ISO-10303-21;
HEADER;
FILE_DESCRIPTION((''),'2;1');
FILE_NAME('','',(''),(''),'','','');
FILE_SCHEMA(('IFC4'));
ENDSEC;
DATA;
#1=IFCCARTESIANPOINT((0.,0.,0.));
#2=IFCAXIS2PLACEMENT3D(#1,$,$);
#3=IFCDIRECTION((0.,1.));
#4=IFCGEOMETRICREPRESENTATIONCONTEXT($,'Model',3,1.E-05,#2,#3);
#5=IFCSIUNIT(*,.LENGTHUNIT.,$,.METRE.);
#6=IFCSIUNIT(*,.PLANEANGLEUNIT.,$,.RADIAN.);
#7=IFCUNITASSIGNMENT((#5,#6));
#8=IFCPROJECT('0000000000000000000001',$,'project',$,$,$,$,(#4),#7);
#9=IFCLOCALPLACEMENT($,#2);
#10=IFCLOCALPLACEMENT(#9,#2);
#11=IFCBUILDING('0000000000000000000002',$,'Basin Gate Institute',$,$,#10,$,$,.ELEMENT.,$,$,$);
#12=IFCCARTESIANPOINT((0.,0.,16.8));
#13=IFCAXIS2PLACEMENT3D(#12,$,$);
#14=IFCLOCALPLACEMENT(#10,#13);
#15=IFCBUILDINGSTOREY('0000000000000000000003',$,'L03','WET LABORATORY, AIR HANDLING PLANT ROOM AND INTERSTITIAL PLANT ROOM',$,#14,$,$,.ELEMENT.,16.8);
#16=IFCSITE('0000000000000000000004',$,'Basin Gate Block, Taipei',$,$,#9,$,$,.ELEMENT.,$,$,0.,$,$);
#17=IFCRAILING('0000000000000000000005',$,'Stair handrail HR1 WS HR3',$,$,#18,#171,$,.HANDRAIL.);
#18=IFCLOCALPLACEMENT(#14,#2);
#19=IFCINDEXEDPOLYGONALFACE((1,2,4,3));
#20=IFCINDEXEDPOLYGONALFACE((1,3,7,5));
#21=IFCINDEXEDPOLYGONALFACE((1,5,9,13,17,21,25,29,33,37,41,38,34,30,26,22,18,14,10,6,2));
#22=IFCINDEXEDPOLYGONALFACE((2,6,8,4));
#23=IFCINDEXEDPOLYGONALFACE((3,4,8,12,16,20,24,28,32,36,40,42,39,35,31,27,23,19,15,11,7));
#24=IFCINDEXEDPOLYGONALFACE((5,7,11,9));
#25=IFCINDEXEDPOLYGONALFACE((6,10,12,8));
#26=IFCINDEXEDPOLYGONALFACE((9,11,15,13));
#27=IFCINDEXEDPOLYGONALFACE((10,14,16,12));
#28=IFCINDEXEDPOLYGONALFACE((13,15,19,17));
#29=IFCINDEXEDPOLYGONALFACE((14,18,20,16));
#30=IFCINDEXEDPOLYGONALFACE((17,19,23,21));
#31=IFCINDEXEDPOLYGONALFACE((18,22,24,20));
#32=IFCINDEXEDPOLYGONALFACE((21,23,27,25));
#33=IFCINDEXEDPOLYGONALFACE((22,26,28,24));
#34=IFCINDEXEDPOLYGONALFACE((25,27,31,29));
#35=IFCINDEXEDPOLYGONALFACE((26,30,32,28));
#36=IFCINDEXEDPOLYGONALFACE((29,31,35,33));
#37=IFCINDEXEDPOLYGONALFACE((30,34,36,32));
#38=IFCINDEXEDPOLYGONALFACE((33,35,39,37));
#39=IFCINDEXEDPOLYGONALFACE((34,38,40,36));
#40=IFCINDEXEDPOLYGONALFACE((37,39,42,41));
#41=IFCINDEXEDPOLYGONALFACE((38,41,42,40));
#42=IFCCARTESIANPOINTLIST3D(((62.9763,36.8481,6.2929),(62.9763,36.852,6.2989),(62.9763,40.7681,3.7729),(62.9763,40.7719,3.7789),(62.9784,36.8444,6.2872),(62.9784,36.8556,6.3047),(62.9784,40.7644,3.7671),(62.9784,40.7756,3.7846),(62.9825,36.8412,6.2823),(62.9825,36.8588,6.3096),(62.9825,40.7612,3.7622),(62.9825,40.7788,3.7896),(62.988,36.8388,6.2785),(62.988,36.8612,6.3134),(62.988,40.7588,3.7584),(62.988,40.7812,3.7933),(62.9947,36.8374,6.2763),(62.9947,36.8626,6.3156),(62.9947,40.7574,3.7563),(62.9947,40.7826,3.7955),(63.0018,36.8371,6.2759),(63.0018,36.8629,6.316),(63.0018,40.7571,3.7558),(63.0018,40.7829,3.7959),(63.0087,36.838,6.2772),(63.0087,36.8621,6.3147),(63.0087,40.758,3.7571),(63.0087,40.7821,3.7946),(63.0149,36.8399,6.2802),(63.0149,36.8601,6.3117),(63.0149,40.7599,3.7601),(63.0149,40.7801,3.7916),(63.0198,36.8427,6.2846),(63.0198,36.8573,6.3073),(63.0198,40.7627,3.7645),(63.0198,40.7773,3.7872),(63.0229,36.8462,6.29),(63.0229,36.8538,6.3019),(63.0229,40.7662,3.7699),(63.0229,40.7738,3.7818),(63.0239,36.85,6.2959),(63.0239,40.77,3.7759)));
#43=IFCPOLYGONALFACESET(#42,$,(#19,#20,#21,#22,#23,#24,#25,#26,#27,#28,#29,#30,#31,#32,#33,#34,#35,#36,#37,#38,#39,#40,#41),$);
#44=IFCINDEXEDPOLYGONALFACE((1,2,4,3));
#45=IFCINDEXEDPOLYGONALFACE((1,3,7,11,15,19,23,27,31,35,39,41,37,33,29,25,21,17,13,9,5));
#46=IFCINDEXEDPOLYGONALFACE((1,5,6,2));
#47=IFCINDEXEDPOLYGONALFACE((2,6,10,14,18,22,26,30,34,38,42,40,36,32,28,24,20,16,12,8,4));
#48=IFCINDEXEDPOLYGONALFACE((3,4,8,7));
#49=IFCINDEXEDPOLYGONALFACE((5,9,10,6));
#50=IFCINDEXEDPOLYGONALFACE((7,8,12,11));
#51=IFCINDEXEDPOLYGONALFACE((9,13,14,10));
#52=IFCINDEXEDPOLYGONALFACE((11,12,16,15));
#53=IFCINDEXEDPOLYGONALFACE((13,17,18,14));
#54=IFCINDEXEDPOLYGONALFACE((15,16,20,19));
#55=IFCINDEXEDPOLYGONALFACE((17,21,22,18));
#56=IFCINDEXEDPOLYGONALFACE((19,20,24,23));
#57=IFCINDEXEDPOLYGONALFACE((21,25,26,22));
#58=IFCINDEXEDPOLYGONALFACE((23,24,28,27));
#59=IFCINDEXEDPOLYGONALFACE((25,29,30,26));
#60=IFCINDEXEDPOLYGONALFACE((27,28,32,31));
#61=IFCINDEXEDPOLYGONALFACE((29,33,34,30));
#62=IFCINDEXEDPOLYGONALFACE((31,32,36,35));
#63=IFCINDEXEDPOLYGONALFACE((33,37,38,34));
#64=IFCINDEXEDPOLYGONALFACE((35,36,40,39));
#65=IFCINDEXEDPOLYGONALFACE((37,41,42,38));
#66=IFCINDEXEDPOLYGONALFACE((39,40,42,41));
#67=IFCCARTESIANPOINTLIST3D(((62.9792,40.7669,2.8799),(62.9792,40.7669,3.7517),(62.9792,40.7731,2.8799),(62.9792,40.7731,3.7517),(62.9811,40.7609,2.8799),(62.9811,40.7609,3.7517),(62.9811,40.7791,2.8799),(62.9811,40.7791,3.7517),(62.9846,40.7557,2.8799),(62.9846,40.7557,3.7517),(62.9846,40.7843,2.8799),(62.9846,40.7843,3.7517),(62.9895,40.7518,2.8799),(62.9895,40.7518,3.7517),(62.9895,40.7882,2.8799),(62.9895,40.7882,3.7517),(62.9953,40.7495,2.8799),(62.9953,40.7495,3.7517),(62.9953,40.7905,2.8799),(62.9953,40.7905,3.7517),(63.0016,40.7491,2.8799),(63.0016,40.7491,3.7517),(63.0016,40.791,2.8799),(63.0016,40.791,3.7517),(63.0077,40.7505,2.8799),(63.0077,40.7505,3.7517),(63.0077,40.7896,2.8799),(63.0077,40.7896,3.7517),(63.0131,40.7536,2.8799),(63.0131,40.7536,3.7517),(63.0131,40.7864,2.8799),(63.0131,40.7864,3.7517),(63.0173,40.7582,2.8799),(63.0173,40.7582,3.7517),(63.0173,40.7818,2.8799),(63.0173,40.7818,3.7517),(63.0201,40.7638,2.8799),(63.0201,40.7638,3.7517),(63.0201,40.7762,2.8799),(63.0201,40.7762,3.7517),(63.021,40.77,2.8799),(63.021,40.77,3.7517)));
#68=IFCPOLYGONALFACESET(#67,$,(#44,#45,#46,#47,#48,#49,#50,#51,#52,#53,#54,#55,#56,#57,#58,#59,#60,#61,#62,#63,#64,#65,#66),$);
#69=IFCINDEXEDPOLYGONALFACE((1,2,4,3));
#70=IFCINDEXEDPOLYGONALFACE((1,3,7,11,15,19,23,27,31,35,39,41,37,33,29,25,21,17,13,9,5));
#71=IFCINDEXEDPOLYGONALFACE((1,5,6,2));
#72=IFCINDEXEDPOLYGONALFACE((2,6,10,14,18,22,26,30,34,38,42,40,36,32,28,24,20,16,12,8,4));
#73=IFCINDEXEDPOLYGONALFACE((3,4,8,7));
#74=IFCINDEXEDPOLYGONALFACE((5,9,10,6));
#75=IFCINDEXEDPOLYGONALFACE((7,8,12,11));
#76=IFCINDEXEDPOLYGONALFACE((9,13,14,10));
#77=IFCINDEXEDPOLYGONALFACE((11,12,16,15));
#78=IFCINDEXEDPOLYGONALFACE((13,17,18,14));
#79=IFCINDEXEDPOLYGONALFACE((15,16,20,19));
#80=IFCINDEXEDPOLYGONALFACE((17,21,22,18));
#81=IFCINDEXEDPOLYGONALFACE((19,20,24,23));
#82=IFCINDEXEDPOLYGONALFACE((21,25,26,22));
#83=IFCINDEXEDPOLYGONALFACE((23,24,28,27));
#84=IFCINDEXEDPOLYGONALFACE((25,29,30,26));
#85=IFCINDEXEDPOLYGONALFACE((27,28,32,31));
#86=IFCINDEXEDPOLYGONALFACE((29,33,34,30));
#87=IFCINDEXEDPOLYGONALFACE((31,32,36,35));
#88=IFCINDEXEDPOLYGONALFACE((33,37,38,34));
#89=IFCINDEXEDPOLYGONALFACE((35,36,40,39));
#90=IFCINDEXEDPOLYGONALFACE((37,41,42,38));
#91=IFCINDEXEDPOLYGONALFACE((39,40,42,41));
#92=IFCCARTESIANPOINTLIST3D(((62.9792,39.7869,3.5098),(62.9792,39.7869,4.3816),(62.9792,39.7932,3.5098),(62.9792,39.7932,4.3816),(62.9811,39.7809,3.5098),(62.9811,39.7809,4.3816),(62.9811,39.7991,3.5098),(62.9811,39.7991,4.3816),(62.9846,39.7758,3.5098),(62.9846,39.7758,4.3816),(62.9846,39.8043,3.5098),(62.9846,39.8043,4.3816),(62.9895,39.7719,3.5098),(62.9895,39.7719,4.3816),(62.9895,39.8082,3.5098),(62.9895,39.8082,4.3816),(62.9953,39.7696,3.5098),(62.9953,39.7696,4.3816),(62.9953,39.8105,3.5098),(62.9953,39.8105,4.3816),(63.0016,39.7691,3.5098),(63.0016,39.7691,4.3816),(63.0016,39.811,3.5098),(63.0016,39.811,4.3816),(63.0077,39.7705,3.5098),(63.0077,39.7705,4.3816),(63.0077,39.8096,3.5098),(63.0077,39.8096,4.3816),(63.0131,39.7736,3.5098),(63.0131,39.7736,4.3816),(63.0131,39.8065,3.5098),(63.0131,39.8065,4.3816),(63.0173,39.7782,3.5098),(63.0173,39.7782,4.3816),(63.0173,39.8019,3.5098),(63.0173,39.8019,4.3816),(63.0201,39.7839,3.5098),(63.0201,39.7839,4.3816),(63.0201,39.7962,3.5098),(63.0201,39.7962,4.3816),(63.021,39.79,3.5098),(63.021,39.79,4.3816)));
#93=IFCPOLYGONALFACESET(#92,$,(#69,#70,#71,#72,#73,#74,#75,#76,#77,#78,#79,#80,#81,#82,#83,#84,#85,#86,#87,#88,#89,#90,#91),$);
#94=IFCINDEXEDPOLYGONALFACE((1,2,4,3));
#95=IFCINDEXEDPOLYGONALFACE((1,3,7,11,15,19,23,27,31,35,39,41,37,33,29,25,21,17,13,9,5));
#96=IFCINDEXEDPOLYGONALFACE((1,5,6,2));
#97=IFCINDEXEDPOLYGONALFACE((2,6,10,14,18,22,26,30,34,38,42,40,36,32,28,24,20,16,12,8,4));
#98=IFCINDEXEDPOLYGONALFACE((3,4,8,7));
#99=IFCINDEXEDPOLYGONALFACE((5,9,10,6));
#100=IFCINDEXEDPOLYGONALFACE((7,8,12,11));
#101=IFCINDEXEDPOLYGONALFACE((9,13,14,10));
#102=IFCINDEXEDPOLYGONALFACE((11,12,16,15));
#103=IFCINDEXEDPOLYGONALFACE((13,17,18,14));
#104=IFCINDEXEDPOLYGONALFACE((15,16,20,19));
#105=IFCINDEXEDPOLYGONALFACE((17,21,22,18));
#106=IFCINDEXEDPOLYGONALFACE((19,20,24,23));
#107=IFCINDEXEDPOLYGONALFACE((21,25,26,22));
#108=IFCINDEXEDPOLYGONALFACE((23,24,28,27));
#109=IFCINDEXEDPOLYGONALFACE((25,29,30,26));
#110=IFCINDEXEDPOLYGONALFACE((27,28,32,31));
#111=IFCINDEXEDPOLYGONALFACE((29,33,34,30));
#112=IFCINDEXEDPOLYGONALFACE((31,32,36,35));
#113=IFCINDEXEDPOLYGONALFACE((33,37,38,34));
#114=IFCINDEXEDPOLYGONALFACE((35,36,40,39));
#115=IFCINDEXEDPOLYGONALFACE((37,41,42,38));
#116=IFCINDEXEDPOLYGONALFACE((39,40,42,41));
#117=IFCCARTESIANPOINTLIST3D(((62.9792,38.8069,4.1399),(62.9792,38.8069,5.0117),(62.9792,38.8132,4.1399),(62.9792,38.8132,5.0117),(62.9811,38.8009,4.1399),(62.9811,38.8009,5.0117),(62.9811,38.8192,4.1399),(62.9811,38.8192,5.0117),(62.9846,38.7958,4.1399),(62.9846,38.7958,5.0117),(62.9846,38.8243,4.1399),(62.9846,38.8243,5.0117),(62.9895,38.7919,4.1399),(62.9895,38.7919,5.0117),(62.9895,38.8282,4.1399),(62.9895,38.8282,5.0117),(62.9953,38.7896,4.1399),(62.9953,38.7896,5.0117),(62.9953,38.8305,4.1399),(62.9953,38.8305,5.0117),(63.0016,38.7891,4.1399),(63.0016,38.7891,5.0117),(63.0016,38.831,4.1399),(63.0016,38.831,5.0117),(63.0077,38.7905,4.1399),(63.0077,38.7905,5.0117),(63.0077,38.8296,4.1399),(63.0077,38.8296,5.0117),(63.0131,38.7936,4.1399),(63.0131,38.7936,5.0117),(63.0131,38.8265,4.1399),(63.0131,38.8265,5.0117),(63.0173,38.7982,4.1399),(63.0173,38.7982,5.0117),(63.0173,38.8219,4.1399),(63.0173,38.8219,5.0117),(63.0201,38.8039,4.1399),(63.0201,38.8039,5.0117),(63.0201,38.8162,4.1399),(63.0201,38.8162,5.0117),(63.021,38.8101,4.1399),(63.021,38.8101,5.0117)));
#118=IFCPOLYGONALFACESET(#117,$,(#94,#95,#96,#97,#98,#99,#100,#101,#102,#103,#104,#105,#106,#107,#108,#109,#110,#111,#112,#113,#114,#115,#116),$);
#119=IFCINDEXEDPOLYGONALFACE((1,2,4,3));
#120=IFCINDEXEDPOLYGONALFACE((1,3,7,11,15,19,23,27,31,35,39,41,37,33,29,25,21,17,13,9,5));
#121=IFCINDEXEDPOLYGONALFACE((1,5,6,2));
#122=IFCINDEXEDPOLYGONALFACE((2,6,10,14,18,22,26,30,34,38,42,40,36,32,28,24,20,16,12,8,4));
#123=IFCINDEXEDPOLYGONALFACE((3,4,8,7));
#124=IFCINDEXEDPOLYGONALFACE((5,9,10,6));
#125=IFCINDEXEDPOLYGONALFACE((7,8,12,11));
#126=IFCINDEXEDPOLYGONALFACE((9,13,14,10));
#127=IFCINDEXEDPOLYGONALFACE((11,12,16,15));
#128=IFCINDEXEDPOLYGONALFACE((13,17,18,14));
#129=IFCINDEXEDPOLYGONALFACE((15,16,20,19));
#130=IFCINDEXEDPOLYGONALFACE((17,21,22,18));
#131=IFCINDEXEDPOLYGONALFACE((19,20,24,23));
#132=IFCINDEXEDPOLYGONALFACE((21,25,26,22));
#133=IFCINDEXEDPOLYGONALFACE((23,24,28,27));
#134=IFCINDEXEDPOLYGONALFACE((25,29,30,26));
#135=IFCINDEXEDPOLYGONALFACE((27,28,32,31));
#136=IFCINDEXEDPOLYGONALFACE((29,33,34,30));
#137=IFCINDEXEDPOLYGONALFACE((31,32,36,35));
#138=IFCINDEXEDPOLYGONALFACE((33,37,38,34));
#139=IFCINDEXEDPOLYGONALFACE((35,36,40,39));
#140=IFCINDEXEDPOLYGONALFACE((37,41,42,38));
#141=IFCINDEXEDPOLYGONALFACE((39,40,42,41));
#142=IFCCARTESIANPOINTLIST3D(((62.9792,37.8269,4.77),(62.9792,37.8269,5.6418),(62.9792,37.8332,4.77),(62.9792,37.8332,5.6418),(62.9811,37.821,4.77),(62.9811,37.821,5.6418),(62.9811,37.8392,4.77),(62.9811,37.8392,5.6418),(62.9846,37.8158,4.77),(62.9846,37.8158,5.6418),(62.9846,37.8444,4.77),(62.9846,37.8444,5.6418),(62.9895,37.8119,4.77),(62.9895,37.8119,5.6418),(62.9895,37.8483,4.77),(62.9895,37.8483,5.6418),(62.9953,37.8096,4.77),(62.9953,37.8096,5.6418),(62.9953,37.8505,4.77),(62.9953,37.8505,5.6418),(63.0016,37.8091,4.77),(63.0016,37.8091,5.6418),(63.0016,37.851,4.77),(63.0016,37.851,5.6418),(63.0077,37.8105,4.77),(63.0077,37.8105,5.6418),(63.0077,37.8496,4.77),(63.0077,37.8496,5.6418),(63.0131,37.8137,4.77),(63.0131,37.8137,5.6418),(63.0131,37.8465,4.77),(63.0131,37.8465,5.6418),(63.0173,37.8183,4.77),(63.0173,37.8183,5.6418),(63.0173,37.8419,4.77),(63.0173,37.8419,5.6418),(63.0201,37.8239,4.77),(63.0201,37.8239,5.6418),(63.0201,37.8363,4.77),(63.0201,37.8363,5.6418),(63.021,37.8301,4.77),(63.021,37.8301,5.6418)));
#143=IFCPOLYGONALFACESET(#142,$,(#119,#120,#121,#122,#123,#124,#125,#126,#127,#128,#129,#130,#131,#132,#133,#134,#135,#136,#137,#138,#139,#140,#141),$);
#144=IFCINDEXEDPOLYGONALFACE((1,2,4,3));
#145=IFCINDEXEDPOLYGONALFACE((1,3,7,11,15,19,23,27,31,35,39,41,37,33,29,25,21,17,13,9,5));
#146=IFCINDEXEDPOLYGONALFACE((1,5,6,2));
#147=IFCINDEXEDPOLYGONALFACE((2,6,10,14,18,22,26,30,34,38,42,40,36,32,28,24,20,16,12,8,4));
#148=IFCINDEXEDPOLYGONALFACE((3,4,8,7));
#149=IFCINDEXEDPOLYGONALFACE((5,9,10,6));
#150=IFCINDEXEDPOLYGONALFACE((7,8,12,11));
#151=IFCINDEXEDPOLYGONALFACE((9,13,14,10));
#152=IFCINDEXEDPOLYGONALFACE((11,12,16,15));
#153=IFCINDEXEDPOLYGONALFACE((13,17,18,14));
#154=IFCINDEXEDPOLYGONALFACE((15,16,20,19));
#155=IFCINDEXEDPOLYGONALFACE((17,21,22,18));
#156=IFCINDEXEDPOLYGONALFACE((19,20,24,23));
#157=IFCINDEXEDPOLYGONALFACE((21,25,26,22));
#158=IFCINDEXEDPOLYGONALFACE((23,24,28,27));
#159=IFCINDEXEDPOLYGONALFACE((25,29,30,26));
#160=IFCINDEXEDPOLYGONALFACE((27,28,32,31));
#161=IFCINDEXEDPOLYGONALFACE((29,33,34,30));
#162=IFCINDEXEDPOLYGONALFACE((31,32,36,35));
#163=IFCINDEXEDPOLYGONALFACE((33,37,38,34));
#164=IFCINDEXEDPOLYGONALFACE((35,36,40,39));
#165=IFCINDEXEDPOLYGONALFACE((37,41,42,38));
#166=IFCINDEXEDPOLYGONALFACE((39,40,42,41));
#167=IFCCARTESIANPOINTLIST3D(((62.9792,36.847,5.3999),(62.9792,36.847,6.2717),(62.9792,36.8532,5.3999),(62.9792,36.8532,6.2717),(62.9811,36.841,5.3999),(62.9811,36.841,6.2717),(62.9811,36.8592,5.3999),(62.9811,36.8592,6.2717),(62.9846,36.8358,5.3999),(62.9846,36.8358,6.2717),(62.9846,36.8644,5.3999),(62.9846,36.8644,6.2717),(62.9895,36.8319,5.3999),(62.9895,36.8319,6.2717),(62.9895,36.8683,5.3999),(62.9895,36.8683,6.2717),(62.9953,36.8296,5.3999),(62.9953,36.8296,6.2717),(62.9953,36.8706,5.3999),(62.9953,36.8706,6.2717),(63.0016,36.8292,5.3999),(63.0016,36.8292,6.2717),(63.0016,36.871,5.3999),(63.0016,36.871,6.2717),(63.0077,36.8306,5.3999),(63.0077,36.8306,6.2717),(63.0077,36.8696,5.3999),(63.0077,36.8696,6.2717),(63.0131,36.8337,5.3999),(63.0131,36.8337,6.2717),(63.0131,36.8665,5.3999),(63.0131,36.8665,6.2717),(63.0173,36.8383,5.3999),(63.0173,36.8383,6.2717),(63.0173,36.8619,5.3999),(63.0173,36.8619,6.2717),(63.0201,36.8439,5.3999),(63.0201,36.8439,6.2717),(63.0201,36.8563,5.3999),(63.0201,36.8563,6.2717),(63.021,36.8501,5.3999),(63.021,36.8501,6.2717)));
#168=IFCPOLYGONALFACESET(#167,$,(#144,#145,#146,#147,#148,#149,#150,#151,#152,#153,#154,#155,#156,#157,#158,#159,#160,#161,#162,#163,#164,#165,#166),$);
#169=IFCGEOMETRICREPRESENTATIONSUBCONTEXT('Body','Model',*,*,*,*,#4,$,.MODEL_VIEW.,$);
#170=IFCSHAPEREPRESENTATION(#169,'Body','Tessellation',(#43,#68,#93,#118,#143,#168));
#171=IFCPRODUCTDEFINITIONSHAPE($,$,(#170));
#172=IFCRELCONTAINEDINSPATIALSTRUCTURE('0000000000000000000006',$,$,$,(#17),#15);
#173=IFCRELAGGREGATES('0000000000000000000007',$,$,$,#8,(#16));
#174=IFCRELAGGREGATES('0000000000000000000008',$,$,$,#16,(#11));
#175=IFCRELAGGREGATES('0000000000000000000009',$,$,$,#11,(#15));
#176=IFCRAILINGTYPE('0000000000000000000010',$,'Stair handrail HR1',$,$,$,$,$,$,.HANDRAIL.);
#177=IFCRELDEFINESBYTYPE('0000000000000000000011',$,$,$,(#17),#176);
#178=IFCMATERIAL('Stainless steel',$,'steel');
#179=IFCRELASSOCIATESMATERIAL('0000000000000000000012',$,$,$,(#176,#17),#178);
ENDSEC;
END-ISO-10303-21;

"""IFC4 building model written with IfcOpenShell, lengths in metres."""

from ifc_helpers import new_model, si_unit, direction, frame, origin, origin_2d, place, context, subcontext, project, spatial, circle, extrude, material, type_object, element, save


model = new_model("IFC4")

# Units and contexts
model_context = context("Model", 3, precision=1e-05, world=origin(), true_north=direction((0.0, 1.0)))
body_context = subcontext(model_context, "Body", "Model", "MODEL_VIEW")
ifc_project = project(units=[si_unit("LENGTHUNIT", "METRE"), si_unit("PLANEANGLEUNIT", "RADIAN")], contexts=[model_context])

# Site, building, storey
site_placement = place(None, origin())
site = spatial("IfcSite", under=ifc_project, at=site_placement, Name="Basin Gate Block, Taipei", CompositionType="ELEMENT", RefElevation=0.0)
building_placement = place(site_placement, origin())
building = spatial("IfcBuilding", under=site, at=building_placement, Name="Basin Gate Institute", CompositionType="ELEMENT")
storey_placement = place(building_placement, frame((0.0, 0.0, 16.8)))
storey = spatial("IfcBuildingStorey", under=building, at=storey_placement, Name="L03", Description="WET LABORATORY, AIR HANDLING PLANT ROOM AND INTERSTITIAL PLANT ROOM", CompositionType="ELEMENT", Elevation=16.8)

# Railing
ifc_material_1 = material(Name="Stainless steel", Category="steel")
railing_type_1 = type_object("IfcRailingType", Name="Stair handrail HR1", PredefinedType="HANDRAIL", material=ifc_material_1)
railing_1_placement = place(storey_placement, frame((63.0, 40.77, 2.8799)))
element("IfcRailing", 1, at=railing_1_placement, inside=storey, type_object=railing_type_1, material=ifc_material_1, Name="Stair handrail HR1 WS HR3", PredefinedType="HANDRAIL", context=body_context, shape_type="SweptSolid", body=[
    extrude(circle(Radius=0.0239, at=origin_2d()), frame((0.0, 0.0, 0.896), z_axis=(0.0, -0.841172, 0.540768), x_axis=(1.0, 0.0, 0.0)), (0.0, 0.0, 1.0), 4.6602),
    extrude(circle(Radius=0.021, at=origin_2d()), origin(), (0.0, 0.0, 1.0), 0.8718),
    extrude(circle(Radius=0.021, at=origin_2d()), frame((0.0, -0.98, 0.6299)), (0.0, 0.0, 1.0), 0.8718),
    extrude(circle(Radius=0.021, at=origin_2d()), frame((0.0, -1.96, 1.26)), (0.0, 0.0, 1.0), 0.8718),
    extrude(circle(Radius=0.021, at=origin_2d()), frame((0.0, -2.9399, 1.8901)), (0.0, 0.0, 1.0), 0.8718),
    extrude(circle(Radius=0.021, at=origin_2d()), frame((0.0, -3.9199, 2.52)), (0.0, 0.0, 1.0), 0.8718),
])

save(model, "model.ifc")
